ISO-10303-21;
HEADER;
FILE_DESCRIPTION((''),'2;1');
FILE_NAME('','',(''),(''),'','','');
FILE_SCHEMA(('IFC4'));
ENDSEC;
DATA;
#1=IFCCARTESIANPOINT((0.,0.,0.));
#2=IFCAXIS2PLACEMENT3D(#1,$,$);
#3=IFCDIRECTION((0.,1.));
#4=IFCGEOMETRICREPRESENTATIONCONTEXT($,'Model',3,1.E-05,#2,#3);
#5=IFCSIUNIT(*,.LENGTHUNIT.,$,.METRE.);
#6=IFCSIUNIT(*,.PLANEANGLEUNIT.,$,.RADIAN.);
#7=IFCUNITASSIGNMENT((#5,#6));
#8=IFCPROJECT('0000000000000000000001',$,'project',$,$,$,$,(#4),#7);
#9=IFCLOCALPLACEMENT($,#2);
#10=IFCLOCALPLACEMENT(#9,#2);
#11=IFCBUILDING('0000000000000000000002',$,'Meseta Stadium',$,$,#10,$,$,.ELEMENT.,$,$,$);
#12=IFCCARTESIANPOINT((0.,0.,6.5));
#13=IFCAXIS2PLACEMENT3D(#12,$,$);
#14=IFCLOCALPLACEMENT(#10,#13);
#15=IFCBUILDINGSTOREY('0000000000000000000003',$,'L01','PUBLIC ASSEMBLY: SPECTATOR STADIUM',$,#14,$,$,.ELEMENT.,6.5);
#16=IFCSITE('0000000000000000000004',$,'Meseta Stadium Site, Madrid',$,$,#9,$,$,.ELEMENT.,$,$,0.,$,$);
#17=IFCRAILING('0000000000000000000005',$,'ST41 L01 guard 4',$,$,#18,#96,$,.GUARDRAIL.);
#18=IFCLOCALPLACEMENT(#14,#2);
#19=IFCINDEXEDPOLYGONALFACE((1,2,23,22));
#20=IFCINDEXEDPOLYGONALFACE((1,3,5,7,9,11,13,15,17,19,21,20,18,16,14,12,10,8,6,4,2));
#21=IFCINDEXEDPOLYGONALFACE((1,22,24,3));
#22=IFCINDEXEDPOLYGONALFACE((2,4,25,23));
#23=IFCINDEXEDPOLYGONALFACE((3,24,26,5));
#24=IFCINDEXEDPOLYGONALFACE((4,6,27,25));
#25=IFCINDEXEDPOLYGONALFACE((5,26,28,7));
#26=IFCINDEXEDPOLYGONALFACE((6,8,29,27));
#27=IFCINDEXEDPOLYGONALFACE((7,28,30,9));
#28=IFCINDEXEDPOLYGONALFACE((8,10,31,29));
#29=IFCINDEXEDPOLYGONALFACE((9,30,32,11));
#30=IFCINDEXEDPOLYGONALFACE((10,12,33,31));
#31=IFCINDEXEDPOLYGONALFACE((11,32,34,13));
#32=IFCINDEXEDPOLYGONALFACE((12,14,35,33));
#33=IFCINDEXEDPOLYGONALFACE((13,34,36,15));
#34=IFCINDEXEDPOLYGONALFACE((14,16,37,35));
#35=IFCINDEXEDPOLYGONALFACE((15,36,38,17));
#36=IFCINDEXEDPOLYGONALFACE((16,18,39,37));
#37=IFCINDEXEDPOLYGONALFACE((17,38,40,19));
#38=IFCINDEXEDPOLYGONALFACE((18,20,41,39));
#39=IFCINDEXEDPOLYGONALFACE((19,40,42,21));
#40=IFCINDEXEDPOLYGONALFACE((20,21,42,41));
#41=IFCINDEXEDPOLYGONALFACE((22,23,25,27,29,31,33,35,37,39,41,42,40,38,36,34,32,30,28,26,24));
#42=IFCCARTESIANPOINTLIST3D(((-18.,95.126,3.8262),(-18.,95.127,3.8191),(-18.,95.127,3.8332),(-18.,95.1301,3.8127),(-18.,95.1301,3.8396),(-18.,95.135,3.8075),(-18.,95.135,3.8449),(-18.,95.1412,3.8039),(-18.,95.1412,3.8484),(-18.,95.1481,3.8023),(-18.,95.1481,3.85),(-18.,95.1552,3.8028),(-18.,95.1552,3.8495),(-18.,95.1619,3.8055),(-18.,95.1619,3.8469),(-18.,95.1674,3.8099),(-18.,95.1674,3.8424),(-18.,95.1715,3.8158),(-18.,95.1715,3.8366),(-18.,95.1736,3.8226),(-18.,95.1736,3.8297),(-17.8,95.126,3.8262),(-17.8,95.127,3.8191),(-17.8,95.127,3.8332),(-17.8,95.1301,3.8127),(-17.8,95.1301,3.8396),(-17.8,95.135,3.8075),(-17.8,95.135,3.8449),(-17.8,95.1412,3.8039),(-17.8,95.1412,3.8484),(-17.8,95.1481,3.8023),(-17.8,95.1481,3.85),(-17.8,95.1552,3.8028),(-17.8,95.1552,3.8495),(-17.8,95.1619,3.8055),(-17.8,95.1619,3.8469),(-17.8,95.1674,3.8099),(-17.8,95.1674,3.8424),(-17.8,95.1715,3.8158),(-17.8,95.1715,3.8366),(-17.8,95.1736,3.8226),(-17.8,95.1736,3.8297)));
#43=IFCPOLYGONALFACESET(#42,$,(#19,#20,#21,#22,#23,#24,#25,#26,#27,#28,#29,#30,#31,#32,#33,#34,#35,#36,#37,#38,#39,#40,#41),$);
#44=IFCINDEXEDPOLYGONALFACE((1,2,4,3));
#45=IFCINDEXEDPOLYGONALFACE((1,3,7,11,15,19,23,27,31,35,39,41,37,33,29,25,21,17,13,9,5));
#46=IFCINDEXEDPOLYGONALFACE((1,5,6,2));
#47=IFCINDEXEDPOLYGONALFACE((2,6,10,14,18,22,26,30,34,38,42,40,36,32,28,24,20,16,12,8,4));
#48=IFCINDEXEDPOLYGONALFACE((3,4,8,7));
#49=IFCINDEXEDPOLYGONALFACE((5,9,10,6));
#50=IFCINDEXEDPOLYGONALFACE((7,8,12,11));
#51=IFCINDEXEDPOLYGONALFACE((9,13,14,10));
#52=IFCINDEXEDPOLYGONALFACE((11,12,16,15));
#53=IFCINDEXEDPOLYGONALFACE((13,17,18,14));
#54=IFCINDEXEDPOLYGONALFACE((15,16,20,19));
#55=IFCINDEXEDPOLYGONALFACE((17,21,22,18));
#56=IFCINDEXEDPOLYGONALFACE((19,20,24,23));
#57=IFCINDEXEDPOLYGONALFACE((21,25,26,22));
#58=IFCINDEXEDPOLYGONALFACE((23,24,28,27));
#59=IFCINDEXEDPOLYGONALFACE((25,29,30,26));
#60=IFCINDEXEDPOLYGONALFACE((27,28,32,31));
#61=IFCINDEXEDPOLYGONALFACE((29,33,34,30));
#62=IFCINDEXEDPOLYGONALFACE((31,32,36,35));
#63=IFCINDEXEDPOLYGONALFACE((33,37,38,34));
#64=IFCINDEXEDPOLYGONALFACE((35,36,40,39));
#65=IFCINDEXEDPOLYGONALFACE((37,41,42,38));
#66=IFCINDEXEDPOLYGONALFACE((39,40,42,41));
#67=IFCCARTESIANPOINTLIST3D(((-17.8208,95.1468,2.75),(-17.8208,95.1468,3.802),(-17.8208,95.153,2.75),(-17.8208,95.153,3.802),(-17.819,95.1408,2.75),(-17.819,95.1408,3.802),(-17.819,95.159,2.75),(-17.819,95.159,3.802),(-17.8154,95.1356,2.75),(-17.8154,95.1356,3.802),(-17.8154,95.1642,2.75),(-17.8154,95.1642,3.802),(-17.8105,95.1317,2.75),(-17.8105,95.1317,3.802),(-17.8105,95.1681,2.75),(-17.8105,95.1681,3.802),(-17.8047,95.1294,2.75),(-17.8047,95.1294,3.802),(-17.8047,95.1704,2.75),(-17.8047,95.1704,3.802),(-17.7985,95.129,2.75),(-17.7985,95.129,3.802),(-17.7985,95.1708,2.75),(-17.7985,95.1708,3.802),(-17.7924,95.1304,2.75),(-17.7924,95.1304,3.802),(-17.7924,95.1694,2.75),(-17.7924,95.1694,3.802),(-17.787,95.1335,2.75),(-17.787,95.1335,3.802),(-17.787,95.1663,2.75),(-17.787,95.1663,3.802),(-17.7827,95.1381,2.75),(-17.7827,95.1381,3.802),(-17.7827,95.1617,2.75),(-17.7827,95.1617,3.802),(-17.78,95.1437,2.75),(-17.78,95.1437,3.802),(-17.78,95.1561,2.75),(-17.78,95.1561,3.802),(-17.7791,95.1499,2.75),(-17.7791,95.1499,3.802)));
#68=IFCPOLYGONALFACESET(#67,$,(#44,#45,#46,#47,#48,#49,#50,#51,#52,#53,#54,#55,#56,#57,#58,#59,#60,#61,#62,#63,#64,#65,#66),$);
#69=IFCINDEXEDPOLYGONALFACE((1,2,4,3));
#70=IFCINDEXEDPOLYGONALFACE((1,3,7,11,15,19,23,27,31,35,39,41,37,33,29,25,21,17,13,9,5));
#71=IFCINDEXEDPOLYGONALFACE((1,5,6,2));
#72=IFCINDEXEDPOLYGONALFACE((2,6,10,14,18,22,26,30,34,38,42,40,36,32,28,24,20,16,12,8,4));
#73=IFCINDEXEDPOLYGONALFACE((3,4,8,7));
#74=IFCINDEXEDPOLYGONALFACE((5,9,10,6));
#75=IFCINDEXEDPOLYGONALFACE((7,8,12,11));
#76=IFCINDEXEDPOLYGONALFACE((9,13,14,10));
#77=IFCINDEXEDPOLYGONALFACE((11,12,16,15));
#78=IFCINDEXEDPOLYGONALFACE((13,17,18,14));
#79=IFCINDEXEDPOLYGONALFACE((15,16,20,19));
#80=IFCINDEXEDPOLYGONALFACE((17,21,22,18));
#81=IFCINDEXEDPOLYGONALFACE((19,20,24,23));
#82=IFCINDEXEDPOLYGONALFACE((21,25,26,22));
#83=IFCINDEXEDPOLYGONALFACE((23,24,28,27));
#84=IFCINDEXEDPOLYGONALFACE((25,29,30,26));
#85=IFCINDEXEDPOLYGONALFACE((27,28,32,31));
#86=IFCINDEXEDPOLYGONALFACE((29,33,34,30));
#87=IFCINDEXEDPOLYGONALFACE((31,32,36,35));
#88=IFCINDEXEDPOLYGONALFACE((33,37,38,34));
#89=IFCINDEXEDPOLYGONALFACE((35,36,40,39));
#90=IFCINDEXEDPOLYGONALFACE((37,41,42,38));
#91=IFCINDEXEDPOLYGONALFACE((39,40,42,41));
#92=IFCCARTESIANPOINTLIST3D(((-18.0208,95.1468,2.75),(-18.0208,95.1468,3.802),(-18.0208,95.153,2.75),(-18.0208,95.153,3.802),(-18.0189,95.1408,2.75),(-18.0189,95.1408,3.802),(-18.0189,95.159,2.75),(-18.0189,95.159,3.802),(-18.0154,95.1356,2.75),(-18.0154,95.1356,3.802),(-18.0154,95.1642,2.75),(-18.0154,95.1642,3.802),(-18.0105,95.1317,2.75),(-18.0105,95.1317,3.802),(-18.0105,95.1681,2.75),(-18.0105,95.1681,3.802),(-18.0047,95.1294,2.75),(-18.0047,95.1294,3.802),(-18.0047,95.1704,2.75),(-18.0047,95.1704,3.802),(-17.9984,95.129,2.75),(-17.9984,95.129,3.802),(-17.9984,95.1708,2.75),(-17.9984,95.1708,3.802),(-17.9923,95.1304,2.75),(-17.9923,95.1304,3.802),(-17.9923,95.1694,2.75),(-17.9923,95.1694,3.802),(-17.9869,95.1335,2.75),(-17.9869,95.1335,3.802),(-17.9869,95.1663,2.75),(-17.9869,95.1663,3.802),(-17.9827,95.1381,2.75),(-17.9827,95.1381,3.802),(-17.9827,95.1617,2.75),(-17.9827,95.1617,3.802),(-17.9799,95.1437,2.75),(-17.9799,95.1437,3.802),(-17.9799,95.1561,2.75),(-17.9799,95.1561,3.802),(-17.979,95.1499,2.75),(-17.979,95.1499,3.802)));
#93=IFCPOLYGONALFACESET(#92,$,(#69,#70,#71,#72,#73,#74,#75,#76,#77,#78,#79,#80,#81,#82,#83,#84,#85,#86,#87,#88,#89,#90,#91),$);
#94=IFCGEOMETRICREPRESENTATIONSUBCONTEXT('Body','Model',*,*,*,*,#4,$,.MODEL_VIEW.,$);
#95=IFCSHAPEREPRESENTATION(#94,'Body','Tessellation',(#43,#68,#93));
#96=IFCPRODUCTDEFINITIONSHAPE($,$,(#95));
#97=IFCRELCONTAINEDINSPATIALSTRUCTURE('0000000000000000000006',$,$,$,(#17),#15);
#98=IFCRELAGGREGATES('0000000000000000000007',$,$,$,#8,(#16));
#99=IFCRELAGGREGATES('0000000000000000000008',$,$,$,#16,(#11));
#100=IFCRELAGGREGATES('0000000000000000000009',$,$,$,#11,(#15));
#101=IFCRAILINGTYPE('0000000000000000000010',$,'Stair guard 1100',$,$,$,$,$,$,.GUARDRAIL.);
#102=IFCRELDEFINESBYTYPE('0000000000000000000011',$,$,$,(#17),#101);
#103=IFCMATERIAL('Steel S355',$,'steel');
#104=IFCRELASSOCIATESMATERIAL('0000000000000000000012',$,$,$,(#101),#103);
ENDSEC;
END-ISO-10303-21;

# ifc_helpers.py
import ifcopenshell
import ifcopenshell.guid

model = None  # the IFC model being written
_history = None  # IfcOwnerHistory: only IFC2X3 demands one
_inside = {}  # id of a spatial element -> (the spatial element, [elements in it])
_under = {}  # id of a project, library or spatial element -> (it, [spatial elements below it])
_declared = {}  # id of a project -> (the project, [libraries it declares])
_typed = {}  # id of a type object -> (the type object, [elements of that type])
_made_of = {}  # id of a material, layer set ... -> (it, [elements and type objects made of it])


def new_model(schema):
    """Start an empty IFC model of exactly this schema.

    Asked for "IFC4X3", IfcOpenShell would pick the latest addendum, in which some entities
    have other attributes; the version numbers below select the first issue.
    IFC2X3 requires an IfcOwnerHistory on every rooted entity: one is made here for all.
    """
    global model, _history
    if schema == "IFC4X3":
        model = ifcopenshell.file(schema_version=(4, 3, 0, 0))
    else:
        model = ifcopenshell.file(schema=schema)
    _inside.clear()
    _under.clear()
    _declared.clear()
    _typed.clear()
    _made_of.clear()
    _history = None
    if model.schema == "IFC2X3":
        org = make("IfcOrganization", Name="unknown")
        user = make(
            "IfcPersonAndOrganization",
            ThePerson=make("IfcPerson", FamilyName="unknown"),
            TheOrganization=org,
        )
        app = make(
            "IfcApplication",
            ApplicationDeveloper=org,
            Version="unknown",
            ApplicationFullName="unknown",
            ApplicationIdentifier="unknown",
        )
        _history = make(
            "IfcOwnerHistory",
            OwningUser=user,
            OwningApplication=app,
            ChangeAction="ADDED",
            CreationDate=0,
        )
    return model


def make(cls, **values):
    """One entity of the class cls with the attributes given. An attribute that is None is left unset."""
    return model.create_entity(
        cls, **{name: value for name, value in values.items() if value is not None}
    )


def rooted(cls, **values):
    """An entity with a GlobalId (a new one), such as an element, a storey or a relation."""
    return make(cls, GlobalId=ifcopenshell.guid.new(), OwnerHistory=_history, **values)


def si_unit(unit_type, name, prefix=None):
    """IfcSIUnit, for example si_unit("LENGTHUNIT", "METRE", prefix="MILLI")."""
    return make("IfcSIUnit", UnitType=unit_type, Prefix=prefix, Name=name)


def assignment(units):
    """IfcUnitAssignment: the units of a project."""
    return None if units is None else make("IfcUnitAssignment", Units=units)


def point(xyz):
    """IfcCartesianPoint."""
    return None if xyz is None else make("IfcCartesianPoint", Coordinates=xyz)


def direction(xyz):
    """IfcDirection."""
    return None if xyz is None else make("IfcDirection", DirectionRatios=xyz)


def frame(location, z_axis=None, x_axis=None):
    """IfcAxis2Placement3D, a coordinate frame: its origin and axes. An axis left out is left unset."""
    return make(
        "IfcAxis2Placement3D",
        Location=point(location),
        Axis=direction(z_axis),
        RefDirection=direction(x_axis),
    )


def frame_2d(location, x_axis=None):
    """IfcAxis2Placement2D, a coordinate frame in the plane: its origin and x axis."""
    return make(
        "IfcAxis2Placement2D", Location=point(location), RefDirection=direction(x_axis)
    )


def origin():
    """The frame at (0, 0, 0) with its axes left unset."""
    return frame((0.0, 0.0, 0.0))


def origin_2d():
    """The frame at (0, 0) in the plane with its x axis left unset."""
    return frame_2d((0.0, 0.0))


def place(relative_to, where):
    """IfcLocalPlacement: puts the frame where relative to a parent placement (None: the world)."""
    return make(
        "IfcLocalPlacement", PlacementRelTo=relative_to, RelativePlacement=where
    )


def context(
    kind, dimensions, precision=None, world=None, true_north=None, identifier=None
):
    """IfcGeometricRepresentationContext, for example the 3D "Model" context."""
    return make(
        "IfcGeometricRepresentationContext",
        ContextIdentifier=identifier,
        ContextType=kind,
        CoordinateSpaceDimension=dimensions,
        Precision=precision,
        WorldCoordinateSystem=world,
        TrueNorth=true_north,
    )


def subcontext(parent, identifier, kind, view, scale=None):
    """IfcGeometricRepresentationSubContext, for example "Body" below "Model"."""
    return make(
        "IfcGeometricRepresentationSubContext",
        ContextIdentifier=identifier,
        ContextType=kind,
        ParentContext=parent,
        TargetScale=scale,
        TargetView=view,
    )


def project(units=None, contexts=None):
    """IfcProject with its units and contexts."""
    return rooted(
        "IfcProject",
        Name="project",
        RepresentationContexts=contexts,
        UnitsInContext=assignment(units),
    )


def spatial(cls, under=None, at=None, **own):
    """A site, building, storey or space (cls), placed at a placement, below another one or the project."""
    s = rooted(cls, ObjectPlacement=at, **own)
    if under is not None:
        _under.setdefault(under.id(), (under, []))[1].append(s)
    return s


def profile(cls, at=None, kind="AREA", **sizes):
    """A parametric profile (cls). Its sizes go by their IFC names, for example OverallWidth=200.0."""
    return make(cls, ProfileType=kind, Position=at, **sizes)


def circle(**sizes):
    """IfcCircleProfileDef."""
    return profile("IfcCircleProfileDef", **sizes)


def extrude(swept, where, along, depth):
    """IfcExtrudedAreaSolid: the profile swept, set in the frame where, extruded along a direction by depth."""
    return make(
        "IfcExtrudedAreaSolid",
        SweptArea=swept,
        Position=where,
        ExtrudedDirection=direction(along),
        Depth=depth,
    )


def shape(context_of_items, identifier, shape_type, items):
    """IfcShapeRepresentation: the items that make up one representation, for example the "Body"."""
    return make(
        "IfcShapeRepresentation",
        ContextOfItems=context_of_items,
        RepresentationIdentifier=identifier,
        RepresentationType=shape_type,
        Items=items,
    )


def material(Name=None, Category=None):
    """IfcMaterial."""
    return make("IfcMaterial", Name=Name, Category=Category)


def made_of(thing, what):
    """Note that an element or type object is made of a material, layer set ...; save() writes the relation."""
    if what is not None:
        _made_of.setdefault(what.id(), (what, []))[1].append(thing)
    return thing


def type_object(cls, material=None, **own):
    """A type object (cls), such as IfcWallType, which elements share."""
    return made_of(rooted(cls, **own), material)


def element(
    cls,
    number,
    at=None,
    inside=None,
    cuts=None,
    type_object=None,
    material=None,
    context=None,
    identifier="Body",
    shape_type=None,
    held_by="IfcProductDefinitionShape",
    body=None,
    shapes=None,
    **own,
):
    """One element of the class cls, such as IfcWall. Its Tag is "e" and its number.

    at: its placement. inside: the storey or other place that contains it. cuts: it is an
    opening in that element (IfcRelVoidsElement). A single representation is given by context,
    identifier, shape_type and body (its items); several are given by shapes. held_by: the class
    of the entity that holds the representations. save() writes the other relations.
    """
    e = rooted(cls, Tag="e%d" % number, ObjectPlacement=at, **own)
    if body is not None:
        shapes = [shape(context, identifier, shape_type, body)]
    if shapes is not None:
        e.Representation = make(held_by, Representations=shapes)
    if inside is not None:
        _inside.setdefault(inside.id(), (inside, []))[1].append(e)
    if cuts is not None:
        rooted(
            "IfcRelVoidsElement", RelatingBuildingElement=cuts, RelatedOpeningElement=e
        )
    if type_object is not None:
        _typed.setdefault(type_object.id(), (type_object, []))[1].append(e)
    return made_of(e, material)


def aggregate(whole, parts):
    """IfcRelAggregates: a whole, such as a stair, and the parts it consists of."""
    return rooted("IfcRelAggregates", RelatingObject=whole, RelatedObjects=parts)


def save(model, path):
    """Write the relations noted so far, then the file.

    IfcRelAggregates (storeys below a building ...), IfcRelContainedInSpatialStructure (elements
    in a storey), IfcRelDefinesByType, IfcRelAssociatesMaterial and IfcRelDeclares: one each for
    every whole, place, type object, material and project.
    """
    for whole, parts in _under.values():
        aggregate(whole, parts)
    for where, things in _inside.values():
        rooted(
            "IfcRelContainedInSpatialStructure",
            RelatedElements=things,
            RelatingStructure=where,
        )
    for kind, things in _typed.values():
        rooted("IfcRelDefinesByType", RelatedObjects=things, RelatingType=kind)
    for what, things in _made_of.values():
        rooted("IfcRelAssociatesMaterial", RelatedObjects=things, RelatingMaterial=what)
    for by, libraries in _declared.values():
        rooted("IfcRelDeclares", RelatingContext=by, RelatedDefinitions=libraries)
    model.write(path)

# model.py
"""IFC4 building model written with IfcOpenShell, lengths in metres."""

from ifc_helpers import new_model, si_unit, direction, frame, origin, origin_2d, place, context, subcontext, project, spatial, circle, extrude, material, type_object, element, save


model = new_model("IFC4")

# Units and contexts
model_context = context("Model", 3, precision=1e-05, world=origin(), true_north=direction((0.0, 1.0)))
body_context = subcontext(model_context, "Body", "Model", "MODEL_VIEW")
ifc_project = project(units=[si_unit("LENGTHUNIT", "METRE"), si_unit("PLANEANGLEUNIT", "RADIAN")], contexts=[model_context])

# Site, building, storey
site_placement = place(None, origin())
site = spatial("IfcSite", under=ifc_project, at=site_placement, Name="Meseta Stadium Site, Madrid", CompositionType="ELEMENT", RefElevation=0.0)
building_placement = place(site_placement, origin())
building = spatial("IfcBuilding", under=site, at=building_placement, Name="Meseta Stadium", CompositionType="ELEMENT")
storey_placement = place(building_placement, frame((0.0, 0.0, 6.5)))
storey = spatial("IfcBuildingStorey", under=building, at=storey_placement, Name="L01", Description="PUBLIC ASSEMBLY: SPECTATOR STADIUM", CompositionType="ELEMENT", Elevation=6.5)

# Railing
ifc_material_1 = material(Name="Steel S355", Category="steel")
railing_type_1 = type_object("IfcRailingType", Name="Stair guard 1100", PredefinedType="GUARDRAIL", material=ifc_material_1)
railing_1_placement = place(storey_placement, frame((-17.8, 95.1499, 2.75)))
element("IfcRailing", 1, at=railing_1_placement, inside=storey, type_object=railing_type_1, Name="ST41 L01 guard 4", PredefinedType="GUARDRAIL", context=body_context, shape_type="SweptSolid", body=[
    extrude(circle(Radius=0.0239, at=origin_2d()), frame((0.0, 0.0, 1.0762), z_axis=(-1.0, 0.0, 0.0), x_axis=(0.0, -1.0, 0.0)), (0.0, 0.0, 1.0), 0.2),
    extrude(circle(Radius=0.021, at=origin_2d()), origin(), (0.0, 0.0, 1.0), 1.052),
    extrude(circle(Radius=0.021, at=origin_2d()), frame((-0.2, 0.0, 0.0)), (0.0, 0.0, 1.0), 1.052),
])

save(model, "model.ifc")
